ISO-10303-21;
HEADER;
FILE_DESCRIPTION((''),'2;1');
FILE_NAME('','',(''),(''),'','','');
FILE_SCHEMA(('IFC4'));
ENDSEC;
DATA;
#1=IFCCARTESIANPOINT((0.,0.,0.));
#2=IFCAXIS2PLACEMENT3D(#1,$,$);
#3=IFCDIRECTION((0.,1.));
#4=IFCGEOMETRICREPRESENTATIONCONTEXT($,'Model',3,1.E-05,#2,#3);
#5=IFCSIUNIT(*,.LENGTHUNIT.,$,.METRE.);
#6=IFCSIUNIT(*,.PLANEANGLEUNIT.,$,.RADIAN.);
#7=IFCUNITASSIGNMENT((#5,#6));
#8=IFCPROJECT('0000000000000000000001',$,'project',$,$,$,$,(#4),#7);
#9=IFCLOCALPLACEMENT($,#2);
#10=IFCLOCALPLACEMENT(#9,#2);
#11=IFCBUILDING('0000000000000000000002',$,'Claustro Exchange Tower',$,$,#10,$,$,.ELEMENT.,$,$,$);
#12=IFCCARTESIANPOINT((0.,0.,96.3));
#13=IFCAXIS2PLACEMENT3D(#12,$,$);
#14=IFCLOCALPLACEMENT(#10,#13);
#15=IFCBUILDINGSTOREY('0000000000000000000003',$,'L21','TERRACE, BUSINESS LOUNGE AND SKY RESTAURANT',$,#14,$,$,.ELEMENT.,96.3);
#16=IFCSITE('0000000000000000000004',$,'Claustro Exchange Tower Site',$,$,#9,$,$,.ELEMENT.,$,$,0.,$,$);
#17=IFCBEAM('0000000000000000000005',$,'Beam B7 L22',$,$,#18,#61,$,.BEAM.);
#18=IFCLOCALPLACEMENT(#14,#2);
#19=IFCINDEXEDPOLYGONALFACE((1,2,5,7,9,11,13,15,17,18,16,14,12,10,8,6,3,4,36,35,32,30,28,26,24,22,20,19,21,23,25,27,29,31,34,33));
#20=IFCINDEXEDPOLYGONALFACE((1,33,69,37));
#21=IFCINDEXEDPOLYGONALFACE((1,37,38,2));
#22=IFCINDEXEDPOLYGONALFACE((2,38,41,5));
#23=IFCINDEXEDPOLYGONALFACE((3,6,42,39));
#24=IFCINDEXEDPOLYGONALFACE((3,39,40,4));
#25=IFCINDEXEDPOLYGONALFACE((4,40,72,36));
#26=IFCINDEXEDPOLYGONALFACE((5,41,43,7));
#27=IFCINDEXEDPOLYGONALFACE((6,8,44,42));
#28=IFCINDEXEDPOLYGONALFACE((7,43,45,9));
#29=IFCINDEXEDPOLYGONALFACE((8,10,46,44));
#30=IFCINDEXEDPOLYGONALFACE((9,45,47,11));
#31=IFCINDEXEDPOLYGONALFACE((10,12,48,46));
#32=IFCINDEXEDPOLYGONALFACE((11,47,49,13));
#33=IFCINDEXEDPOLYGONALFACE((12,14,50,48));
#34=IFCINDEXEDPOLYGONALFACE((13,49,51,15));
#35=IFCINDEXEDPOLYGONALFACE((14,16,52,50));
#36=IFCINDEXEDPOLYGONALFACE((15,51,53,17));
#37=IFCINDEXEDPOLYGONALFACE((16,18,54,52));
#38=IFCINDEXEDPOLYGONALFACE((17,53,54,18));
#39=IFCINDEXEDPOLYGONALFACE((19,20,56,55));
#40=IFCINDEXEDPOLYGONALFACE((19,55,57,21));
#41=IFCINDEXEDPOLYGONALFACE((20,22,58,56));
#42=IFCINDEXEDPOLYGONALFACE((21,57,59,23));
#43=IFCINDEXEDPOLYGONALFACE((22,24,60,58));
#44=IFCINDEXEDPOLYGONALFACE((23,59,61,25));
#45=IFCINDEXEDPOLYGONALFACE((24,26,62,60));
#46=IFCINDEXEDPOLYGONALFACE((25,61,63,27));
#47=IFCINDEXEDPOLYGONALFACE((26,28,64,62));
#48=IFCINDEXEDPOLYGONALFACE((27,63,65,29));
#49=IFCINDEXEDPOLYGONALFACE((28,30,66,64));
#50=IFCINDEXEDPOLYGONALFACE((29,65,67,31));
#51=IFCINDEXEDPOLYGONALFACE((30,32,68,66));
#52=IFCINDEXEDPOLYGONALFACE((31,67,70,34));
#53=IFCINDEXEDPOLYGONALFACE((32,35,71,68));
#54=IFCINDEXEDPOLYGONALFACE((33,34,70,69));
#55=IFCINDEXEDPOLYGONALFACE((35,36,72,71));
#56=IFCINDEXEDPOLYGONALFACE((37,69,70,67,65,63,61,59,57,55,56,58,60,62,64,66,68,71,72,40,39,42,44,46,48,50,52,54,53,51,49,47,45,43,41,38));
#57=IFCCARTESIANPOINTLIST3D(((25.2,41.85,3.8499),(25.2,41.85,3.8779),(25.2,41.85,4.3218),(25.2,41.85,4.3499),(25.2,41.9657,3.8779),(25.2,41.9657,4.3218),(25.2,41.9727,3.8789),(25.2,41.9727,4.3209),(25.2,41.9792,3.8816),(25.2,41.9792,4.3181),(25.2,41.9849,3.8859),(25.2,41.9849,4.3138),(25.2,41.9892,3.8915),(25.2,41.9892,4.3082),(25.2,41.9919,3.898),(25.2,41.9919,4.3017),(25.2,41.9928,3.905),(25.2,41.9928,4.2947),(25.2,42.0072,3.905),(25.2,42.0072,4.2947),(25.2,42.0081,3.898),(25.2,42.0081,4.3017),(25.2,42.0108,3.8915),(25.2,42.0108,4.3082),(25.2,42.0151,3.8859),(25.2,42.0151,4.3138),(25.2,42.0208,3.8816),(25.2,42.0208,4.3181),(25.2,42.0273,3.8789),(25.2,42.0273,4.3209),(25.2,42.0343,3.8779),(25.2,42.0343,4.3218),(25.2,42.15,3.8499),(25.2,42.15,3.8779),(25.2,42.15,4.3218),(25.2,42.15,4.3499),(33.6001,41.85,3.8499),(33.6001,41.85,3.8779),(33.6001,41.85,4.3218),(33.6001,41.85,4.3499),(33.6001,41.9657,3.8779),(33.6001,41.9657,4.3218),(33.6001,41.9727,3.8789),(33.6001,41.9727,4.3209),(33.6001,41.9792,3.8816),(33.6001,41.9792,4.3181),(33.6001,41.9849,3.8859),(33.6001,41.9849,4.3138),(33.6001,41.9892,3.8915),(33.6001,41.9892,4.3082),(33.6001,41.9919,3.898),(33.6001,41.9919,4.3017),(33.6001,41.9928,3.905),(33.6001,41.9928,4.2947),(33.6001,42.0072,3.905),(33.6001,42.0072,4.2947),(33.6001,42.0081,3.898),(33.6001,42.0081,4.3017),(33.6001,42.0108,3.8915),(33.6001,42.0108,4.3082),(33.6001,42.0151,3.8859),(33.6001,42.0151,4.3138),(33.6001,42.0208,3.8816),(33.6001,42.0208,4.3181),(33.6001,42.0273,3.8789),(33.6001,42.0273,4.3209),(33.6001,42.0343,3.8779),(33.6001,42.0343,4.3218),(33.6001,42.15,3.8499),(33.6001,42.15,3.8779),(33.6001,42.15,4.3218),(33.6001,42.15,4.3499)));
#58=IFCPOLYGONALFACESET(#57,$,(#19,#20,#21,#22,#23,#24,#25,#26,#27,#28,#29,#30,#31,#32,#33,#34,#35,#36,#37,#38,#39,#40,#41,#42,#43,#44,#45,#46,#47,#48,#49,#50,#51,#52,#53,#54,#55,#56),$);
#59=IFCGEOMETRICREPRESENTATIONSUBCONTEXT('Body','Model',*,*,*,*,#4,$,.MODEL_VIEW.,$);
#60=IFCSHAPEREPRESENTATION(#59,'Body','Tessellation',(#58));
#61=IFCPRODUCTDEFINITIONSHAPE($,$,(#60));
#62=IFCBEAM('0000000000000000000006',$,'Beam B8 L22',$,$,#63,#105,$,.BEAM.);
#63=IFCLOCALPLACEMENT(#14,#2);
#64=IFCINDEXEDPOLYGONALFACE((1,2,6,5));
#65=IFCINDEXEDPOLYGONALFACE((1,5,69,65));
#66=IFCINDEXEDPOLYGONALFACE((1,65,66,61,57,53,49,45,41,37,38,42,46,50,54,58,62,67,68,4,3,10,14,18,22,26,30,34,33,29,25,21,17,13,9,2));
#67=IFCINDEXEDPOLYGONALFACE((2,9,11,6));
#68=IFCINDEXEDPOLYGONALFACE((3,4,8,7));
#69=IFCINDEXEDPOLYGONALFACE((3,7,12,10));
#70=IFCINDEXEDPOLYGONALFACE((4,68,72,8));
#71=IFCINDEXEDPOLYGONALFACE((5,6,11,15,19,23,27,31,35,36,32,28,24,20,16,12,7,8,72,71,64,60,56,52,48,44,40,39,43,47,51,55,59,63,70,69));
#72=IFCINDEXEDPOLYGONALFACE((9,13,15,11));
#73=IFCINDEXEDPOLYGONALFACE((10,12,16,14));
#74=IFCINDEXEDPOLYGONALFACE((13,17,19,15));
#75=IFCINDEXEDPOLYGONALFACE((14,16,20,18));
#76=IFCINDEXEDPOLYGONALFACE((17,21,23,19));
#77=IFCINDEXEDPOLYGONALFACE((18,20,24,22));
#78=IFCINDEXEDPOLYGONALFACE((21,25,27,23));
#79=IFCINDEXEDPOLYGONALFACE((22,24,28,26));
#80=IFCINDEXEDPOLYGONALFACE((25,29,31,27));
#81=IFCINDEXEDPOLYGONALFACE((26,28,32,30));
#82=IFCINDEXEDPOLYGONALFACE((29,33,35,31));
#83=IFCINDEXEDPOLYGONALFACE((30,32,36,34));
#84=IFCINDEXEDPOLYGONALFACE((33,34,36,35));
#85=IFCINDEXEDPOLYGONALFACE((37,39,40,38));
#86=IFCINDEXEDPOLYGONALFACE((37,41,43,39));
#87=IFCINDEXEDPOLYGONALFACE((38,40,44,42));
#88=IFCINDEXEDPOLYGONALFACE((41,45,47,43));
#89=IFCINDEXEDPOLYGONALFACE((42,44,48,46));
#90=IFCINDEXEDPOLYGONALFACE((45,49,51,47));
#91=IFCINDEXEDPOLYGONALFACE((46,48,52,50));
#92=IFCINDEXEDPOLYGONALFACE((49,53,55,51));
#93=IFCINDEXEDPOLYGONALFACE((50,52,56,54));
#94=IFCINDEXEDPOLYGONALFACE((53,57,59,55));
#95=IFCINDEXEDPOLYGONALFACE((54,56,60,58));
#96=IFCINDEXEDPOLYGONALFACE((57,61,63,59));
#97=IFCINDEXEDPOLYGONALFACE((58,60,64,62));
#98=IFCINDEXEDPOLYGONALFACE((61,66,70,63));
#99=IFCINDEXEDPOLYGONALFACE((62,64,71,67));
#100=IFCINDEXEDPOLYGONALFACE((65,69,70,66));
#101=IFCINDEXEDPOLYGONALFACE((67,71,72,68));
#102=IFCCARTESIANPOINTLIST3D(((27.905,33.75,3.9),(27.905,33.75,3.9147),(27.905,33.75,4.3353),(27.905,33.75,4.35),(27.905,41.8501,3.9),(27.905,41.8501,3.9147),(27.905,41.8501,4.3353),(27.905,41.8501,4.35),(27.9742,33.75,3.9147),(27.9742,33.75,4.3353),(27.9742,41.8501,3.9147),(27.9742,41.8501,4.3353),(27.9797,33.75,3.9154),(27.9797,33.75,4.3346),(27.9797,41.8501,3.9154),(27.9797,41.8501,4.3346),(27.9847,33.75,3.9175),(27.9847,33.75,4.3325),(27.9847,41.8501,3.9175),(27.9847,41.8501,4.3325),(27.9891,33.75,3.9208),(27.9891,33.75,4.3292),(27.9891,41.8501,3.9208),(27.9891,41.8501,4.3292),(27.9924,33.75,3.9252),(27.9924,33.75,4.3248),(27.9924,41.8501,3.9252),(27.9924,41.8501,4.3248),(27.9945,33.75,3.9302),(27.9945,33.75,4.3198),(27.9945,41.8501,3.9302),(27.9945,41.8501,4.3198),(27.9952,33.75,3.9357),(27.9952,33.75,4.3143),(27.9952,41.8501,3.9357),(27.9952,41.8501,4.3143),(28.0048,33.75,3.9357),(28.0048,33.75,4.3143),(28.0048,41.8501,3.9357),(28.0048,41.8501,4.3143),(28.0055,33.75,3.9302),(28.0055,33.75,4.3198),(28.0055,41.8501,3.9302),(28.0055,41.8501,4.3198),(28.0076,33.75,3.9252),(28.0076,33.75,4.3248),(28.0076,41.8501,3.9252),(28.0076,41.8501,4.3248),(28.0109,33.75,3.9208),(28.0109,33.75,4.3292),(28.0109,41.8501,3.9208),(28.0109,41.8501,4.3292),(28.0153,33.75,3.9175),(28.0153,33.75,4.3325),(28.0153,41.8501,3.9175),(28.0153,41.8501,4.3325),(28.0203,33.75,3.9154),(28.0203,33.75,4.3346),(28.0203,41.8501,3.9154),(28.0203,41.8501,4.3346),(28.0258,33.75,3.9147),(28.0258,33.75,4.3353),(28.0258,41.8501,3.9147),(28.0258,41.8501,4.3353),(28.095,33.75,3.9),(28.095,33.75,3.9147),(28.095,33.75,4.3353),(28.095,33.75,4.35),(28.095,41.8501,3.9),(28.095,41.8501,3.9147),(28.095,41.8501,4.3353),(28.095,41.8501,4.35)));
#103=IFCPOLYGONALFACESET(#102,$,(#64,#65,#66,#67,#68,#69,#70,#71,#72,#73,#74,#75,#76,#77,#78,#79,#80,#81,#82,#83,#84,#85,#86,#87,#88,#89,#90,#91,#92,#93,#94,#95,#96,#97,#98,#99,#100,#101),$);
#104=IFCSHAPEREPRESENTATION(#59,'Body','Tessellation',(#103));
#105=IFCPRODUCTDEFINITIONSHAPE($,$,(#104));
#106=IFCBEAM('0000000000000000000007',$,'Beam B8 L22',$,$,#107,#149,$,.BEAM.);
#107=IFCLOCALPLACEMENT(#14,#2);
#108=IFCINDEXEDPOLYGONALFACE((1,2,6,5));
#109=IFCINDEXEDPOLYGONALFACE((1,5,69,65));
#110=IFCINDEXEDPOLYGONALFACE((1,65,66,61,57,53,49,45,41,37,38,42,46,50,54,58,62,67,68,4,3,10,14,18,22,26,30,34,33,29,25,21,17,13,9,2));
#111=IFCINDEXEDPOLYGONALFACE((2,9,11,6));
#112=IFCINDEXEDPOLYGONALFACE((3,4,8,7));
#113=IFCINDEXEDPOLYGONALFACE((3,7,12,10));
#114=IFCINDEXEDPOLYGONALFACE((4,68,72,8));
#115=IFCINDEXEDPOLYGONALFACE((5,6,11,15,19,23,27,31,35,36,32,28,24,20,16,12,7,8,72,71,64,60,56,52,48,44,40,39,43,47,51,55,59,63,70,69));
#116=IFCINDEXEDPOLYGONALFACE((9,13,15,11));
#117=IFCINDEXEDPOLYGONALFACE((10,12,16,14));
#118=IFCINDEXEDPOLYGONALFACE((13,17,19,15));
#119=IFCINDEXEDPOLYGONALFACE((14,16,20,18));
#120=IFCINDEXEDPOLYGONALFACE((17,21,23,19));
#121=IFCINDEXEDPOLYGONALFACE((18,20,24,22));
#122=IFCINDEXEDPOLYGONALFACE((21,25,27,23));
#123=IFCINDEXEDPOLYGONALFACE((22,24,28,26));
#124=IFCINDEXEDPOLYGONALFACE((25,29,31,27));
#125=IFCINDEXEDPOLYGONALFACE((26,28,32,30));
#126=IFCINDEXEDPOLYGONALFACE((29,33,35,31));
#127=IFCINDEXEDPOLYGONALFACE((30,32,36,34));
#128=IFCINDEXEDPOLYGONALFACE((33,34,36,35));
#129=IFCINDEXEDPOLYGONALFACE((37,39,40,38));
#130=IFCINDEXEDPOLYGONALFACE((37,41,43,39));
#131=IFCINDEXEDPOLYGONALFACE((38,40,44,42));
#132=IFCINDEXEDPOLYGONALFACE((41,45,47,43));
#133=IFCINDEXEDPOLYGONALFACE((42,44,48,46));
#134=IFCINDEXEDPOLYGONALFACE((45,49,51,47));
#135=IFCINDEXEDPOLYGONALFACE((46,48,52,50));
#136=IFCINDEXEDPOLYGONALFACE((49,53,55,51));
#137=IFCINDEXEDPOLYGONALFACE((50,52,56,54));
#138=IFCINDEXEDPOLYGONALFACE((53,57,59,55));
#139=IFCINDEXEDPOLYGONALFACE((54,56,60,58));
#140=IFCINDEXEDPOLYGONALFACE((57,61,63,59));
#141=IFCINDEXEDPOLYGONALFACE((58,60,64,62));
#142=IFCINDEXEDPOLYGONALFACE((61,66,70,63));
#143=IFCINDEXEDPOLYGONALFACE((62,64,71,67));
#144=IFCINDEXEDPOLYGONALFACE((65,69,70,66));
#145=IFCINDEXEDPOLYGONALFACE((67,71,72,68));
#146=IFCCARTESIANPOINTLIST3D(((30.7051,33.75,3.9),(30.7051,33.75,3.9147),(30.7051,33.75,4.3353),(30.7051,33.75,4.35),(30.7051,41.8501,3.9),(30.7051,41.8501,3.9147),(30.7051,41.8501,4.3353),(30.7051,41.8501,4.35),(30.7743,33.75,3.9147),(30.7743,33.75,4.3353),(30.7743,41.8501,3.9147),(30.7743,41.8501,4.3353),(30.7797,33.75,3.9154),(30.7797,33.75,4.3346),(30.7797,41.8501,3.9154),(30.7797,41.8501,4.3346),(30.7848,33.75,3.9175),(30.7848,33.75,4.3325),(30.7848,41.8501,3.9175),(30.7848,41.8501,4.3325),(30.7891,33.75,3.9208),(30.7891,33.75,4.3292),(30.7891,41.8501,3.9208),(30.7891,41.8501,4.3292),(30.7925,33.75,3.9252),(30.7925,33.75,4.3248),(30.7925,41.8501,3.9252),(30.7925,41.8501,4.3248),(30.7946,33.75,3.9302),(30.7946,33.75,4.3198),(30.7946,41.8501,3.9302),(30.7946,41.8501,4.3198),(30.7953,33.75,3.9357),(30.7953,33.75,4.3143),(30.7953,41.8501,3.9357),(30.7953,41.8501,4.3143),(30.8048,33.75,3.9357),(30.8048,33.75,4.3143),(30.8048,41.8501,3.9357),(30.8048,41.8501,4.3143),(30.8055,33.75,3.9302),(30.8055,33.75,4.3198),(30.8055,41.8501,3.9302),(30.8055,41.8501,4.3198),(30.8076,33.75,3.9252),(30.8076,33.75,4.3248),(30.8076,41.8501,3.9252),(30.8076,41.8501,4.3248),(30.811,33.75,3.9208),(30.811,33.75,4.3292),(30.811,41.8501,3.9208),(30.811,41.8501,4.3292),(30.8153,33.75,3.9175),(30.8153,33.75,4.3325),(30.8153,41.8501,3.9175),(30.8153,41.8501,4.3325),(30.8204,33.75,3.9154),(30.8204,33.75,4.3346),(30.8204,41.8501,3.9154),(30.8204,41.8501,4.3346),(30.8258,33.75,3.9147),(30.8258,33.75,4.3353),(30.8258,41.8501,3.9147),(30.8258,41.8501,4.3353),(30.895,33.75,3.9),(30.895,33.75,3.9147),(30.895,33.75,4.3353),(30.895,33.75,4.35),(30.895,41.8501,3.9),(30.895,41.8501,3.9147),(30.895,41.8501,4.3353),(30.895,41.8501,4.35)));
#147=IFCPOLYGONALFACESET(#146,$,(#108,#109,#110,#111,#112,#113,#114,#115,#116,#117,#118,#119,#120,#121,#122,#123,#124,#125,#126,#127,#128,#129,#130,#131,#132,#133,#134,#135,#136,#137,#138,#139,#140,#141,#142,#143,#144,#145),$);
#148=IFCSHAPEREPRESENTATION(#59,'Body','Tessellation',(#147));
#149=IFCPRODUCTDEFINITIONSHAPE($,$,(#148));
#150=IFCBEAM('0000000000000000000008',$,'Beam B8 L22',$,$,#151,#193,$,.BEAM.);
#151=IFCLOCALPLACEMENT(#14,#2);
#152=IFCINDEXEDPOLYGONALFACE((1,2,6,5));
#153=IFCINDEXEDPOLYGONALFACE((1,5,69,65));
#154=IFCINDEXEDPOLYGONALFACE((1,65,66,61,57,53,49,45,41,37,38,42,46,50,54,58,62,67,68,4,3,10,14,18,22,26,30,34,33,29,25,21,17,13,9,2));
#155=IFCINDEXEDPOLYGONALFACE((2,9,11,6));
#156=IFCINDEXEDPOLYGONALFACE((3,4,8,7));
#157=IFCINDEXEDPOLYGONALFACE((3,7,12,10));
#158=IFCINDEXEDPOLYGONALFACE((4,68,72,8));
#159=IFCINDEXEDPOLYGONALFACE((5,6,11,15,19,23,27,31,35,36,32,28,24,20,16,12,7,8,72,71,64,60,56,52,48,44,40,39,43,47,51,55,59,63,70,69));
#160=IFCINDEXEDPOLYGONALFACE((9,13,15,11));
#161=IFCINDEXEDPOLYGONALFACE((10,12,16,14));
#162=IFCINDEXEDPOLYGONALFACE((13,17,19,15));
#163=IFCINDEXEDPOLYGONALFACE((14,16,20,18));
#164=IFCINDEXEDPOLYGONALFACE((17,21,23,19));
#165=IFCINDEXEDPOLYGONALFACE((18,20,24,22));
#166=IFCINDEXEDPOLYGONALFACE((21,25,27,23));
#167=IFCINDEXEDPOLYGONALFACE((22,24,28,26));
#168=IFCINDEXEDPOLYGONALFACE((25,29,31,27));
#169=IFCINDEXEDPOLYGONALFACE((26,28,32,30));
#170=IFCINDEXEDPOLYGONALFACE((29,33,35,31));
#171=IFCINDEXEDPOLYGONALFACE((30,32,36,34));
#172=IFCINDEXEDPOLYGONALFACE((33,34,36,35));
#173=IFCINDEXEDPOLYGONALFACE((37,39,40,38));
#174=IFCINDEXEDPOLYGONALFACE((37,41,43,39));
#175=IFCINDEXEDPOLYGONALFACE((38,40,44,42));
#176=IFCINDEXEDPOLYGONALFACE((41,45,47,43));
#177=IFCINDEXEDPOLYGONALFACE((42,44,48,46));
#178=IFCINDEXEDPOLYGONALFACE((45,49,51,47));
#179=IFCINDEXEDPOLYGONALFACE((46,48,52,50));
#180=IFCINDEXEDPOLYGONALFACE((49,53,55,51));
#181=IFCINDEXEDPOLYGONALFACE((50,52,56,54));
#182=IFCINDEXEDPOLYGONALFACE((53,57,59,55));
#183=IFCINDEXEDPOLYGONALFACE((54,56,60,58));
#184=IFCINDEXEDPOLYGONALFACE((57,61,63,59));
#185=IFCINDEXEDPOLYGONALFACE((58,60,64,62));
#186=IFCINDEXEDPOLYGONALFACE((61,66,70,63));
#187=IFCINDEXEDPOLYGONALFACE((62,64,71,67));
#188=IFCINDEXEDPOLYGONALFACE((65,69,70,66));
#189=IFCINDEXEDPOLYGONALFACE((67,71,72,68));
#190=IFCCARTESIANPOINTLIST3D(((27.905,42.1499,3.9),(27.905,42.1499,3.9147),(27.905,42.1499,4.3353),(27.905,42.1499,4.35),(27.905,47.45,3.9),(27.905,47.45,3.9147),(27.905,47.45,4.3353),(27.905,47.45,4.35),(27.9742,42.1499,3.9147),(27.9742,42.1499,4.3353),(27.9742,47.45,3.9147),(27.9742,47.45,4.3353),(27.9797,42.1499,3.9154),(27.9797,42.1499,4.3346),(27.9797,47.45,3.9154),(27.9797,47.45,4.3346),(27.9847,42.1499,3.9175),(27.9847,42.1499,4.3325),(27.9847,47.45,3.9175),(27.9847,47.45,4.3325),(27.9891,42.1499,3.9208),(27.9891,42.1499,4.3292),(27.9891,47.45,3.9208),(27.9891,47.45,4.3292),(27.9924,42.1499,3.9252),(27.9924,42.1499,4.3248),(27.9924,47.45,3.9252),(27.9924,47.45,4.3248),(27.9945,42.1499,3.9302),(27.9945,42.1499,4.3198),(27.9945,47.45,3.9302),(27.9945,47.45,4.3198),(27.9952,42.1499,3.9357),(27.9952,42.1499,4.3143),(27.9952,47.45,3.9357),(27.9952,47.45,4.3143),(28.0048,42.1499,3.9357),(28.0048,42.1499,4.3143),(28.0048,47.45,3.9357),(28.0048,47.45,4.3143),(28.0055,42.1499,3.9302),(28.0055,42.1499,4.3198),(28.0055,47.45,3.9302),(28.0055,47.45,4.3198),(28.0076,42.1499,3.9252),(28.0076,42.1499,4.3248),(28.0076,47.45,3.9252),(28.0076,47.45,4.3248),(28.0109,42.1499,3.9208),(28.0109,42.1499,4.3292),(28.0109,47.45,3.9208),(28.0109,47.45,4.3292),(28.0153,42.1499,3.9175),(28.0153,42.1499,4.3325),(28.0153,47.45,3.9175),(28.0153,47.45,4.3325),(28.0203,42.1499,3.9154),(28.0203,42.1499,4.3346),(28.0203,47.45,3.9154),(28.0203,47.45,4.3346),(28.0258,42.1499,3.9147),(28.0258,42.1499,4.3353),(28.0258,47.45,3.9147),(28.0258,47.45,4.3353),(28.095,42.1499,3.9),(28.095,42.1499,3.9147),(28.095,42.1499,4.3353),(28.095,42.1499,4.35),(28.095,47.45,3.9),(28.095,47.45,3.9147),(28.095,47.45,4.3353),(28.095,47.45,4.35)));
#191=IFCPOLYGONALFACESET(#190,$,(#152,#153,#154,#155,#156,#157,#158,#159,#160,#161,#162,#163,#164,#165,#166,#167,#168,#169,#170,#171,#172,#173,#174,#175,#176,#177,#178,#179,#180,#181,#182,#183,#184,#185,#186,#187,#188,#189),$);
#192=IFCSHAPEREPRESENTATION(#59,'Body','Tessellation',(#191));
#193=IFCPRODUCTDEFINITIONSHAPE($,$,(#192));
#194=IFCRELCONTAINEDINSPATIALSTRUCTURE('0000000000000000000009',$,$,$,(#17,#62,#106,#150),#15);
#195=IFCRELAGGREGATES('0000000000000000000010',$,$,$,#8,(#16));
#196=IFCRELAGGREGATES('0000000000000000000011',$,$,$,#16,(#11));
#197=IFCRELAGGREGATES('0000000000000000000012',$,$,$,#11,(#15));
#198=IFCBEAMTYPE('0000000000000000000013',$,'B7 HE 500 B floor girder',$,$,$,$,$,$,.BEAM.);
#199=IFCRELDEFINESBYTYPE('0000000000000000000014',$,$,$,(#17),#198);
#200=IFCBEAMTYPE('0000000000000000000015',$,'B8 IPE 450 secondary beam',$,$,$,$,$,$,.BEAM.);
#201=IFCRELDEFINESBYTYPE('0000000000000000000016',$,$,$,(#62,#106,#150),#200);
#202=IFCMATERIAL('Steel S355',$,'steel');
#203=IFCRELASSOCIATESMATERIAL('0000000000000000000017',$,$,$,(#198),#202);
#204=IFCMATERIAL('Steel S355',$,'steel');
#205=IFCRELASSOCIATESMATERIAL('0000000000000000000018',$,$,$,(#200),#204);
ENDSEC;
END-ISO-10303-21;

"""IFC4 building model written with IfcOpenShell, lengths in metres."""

from ifc_helpers import new_model, si_unit, direction, frame, origin, origin_2d, place, context, subcontext, project, spatial, i_section, extrude, material, material_profile, profile_set, type_object, element, save


model = new_model("IFC4")

# Units and contexts
model_context = context("Model", 3, precision=1e-05, world=origin(), true_north=direction((0.0, 1.0)))
body_context = subcontext(model_context, "Body", "Model", "MODEL_VIEW")
ifc_project = project(units=[si_unit("LENGTHUNIT", "METRE"), si_unit("PLANEANGLEUNIT", "RADIAN")], contexts=[model_context])

# Site, building, storey
site_placement = place(None, origin())
site = spatial("IfcSite", under=ifc_project, at=site_placement, Name="Claustro Exchange Tower Site", CompositionType="ELEMENT", RefElevation=0.0)
building_placement = place(site_placement, origin())
building = spatial("IfcBuilding", under=site, at=building_placement, Name="Claustro Exchange Tower", CompositionType="ELEMENT")
storey_placement = place(building_placement, frame((0.0, 0.0, 96.3)))
storey = spatial("IfcBuildingStorey", under=building, at=storey_placement, Name="L21", Description="TERRACE, BUSINESS LOUNGE AND SKY RESTAURANT", CompositionType="ELEMENT", Elevation=96.3)

# Beams
ifc_material_1 = material(Name="Steel S355", Category="steel")
ifc_material_profile_1 = material_profile(ifc_material_1, i_section(OverallWidth=0.3, OverallDepth=0.5, WebThickness=0.0144, FlangeThickness=0.0281, FilletRadius=0.0271, at=origin_2d()), Name="HE 500 B")
ifc_profile_set_1 = profile_set([ifc_material_profile_1], Name="Steel S355")
beam_type_1 = type_object("IfcBeamType", Name="B7 HE 500 B floor girder", PredefinedType="BEAM", material=ifc_profile_set_1)
beam_1_placement = place(storey_placement, frame((25.2, 42.0, 4.0999), z_axis=(1.0, 0.0, 0.0), x_axis=(0.0, 1.0, 0.0)))
element("IfcBeam", 1, at=beam_1_placement, inside=storey, type_object=beam_type_1, Name="Beam B7 L22", PredefinedType="BEAM", context=body_context, shape_type="SweptSolid", body=[
    extrude(i_section(OverallWidth=0.3, OverallDepth=0.5, WebThickness=0.0144, FlangeThickness=0.0281, FilletRadius=0.0271, at=origin_2d()), origin(), (0.0, 0.0, 1.0), 8.4001),
])
ifc_material_2 = material(Name="Steel S355", Category="steel")
ifc_material_profile_2 = material_profile(ifc_material_2, i_section(OverallWidth=0.1899, OverallDepth=0.45, WebThickness=0.0095, FlangeThickness=0.0146, FilletRadius=0.021, at=origin_2d()), Name="IPE 450")
ifc_profile_set_2 = profile_set([ifc_material_profile_2], Name="Steel S355")
beam_type_2 = type_object("IfcBeamType", Name="B8 IPE 450 secondary beam", PredefinedType="BEAM", material=ifc_profile_set_2)
for number, where, z_axis, x_axis, name in (
    (2, (28.0, 33.75, 4.125), (0.0, 1.0, 0.0), (-1.0, 0.0, 0.0), "Beam B8 L22"),
    (3, (30.8, 33.75, 4.125), (0.0, 1.0, 0.0), (-1.0, 0.0, 0.0), "Beam B8 L22"),
):
    element("IfcBeam", number, at=place(storey_placement, frame(where, z_axis=z_axis, x_axis=x_axis)), inside=storey, type_object=beam_type_2, Name=name, PredefinedType="BEAM", context=body_context, shape_type="SweptSolid", body=[
        extrude(i_section(OverallWidth=0.1899, OverallDepth=0.45, WebThickness=0.0095, FlangeThickness=0.0146, FilletRadius=0.021, at=origin_2d()), origin(), (0.0, 0.0, 1.0), 8.1001),
    ])
for number, where, z_axis, x_axis, name in (
    (4, (28.0, 42.1499, 4.125), (0.0, 1.0, 0.0), (-1.0, 0.0, 0.0), "Beam B8 L22"),
):
    element("IfcBeam", number, at=place(storey_placement, frame(where, z_axis=z_axis, x_axis=x_axis)), inside=storey, type_object=beam_type_2, Name=name, PredefinedType="BEAM", context=body_context, shape_type="SweptSolid", body=[
        extrude(i_section(OverallWidth=0.1899, OverallDepth=0.45, WebThickness=0.0095, FlangeThickness=0.0146, FilletRadius=0.021, at=origin_2d()), origin(), (0.0, 0.0, 1.0), 5.3),
    ])

save(model, "model.ifc")
